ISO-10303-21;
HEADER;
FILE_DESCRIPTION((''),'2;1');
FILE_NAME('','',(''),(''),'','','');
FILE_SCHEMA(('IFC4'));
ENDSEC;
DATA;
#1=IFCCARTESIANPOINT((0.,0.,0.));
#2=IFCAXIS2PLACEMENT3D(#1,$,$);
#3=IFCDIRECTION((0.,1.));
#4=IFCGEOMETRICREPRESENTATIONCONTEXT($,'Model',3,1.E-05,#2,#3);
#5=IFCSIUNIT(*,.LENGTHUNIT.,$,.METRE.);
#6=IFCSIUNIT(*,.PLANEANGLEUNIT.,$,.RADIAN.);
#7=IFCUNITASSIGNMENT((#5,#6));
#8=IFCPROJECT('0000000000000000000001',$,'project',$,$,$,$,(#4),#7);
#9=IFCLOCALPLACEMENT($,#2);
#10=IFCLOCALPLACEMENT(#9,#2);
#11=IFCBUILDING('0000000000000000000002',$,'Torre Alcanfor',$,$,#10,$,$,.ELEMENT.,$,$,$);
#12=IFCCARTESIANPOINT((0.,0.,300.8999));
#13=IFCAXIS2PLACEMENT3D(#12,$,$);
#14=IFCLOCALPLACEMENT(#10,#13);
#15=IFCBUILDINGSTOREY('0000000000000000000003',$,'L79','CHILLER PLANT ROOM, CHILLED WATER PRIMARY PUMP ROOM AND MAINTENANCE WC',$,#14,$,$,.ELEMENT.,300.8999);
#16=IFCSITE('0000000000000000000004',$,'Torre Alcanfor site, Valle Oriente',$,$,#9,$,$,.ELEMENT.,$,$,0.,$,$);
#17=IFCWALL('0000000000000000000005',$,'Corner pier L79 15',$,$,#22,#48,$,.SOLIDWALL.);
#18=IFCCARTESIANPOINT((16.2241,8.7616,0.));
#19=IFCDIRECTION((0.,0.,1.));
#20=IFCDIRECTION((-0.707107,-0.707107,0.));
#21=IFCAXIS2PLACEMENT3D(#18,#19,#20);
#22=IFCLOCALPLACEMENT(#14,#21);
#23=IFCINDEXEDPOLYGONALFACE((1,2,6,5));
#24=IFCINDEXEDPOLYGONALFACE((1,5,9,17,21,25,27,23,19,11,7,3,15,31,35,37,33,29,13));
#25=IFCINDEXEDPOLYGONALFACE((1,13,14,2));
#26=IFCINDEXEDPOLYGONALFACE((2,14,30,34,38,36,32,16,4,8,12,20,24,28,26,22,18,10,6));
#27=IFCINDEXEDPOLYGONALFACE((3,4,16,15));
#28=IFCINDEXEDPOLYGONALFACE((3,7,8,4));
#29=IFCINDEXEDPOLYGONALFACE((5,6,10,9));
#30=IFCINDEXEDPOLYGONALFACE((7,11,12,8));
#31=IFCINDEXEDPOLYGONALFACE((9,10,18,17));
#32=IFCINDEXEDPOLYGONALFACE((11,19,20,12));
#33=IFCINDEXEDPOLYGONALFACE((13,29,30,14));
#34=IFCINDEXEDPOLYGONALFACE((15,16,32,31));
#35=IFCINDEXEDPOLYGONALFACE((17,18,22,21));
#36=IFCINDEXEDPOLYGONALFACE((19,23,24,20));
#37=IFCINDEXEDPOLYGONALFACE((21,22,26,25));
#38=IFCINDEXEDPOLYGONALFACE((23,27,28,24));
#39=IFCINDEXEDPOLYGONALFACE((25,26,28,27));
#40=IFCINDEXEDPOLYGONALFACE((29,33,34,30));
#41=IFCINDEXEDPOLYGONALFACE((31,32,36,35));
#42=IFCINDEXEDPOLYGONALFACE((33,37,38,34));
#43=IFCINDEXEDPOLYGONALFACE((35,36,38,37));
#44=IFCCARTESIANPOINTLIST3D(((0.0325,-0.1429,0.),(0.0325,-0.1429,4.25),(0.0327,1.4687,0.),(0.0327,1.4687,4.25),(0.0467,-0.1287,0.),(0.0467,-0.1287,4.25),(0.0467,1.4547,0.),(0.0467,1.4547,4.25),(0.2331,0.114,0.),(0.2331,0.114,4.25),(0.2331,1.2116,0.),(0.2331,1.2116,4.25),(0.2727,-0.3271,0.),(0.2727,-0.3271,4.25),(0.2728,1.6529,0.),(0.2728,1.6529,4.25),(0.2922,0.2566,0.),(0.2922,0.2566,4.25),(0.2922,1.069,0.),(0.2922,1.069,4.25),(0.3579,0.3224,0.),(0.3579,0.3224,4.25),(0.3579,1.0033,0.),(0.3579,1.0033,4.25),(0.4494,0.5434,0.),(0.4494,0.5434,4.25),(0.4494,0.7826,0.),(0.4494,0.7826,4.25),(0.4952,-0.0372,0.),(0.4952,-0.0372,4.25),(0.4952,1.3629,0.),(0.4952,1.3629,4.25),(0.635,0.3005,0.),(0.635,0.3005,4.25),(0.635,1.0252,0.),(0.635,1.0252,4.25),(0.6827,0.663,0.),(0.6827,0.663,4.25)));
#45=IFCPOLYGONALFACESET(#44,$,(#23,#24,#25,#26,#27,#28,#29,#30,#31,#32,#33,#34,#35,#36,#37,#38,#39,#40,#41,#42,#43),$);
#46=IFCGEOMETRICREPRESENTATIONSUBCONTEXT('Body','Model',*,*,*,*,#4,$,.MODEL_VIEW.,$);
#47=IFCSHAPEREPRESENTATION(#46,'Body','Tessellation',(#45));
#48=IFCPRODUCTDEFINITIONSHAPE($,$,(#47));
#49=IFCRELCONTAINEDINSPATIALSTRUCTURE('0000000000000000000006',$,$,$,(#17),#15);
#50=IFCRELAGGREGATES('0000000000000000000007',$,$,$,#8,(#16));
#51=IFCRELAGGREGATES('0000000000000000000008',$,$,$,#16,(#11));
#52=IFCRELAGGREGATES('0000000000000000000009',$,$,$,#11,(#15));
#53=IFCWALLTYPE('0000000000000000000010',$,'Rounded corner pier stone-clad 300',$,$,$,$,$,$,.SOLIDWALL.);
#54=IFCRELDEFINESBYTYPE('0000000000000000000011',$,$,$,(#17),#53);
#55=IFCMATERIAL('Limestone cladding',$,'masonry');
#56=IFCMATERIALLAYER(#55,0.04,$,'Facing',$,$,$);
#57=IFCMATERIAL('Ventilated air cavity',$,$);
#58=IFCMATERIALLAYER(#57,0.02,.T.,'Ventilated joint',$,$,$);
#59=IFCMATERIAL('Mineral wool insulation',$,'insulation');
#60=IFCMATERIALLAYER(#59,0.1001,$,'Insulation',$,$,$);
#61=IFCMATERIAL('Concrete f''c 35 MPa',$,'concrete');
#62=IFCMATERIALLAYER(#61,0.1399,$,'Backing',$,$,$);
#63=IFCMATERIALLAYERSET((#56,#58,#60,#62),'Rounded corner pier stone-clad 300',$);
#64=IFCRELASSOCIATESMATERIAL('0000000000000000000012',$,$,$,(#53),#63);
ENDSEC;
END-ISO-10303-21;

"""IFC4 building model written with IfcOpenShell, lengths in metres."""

from ifc_helpers import new_model, si_unit, direction, frame, origin, place, context, subcontext, project, spatial, polyline, outline, extrude, material, layer, layer_set, type_object, element, save


model = new_model("IFC4")

# Units and contexts
model_context = context("Model", 3, precision=1e-05, world=origin(), true_north=direction((0.0, 1.0)))
body_context = subcontext(model_context, "Body", "Model", "MODEL_VIEW")
ifc_project = project(units=[si_unit("LENGTHUNIT", "METRE"), si_unit("PLANEANGLEUNIT", "RADIAN")], contexts=[model_context])

# Site, building, storey
site_placement = place(None, origin())
site = spatial("IfcSite", under=ifc_project, at=site_placement, Name="Torre Alcanfor site, Valle Oriente", CompositionType="ELEMENT", RefElevation=0.0)
building_placement = place(site_placement, origin())
building = spatial("IfcBuilding", under=site, at=building_placement, Name="Torre Alcanfor", CompositionType="ELEMENT")
storey_placement = place(building_placement, frame((0.0, 0.0, 300.8999)))
storey = spatial("IfcBuildingStorey", under=building, at=storey_placement, Name="L79", Description="CHILLER PLANT ROOM, CHILLED WATER PRIMARY PUMP ROOM AND MAINTENANCE WC", CompositionType="ELEMENT", Elevation=300.8999)

# Wall
ifc_material_1 = material(Name="Limestone cladding", Category="masonry")
ifc_material_2 = material(Name="Ventilated air cavity")
ifc_material_3 = material(Name="Mineral wool insulation", Category="insulation")
ifc_material_4 = material(Name="Concrete f'c 35 MPa", Category="concrete")
ifc_layer_1 = layer(ifc_material_1, 0.04, Name="Facing")
ifc_layer_2 = layer(ifc_material_2, 0.02, ventilated=True, Name="Ventilated joint")
ifc_layer_3 = layer(ifc_material_3, 0.1001, Name="Insulation")
ifc_layer_4 = layer(ifc_material_4, 0.1399, Name="Backing")
ifc_layer_set_1 = layer_set([ifc_layer_1, ifc_layer_2, ifc_layer_3, ifc_layer_4], Name="Rounded corner pier stone-clad 300")
wall_type_1 = type_object("IfcWallType", Name="Rounded corner pier stone-clad 300", PredefinedType="SOLIDWALL", material=ifc_layer_set_1)
wall_1_placement = place(storey_placement, frame((16.2241, 8.7616, 0.0), z_axis=(0.0, 0.0, 1.0), x_axis=(-0.707107, -0.707107, 0.0)))
element("IfcWall", 1, at=wall_1_placement, inside=storey, type_object=wall_type_1, Name="Corner pier L79 15", PredefinedType="SOLIDWALL", context=body_context, shape_type="SweptSolid", body=[
    extrude(outline(polyline([(0.0327, 1.4687), (0.0467, 1.4547), (0.2331, 1.2116), (0.2922, 1.069), (0.3579, 1.0033), (0.4494, 0.7826), (0.4494, 0.5434), (0.3579, 0.3224), (0.2922, 0.2566), (0.2331, 0.114), (0.0467, -0.1287), (0.0325, -0.1429), (0.2727, -0.3271), (0.4952, -0.0372), (0.635, 0.3005), (0.6827, 0.663), (0.635, 1.0252), (0.4952, 1.3629), (0.2728, 1.6529), (0.0327, 1.4687)])), origin(), (0.0, 0.0, 1.0), 4.25),
])

save(model, "model.ifc")
